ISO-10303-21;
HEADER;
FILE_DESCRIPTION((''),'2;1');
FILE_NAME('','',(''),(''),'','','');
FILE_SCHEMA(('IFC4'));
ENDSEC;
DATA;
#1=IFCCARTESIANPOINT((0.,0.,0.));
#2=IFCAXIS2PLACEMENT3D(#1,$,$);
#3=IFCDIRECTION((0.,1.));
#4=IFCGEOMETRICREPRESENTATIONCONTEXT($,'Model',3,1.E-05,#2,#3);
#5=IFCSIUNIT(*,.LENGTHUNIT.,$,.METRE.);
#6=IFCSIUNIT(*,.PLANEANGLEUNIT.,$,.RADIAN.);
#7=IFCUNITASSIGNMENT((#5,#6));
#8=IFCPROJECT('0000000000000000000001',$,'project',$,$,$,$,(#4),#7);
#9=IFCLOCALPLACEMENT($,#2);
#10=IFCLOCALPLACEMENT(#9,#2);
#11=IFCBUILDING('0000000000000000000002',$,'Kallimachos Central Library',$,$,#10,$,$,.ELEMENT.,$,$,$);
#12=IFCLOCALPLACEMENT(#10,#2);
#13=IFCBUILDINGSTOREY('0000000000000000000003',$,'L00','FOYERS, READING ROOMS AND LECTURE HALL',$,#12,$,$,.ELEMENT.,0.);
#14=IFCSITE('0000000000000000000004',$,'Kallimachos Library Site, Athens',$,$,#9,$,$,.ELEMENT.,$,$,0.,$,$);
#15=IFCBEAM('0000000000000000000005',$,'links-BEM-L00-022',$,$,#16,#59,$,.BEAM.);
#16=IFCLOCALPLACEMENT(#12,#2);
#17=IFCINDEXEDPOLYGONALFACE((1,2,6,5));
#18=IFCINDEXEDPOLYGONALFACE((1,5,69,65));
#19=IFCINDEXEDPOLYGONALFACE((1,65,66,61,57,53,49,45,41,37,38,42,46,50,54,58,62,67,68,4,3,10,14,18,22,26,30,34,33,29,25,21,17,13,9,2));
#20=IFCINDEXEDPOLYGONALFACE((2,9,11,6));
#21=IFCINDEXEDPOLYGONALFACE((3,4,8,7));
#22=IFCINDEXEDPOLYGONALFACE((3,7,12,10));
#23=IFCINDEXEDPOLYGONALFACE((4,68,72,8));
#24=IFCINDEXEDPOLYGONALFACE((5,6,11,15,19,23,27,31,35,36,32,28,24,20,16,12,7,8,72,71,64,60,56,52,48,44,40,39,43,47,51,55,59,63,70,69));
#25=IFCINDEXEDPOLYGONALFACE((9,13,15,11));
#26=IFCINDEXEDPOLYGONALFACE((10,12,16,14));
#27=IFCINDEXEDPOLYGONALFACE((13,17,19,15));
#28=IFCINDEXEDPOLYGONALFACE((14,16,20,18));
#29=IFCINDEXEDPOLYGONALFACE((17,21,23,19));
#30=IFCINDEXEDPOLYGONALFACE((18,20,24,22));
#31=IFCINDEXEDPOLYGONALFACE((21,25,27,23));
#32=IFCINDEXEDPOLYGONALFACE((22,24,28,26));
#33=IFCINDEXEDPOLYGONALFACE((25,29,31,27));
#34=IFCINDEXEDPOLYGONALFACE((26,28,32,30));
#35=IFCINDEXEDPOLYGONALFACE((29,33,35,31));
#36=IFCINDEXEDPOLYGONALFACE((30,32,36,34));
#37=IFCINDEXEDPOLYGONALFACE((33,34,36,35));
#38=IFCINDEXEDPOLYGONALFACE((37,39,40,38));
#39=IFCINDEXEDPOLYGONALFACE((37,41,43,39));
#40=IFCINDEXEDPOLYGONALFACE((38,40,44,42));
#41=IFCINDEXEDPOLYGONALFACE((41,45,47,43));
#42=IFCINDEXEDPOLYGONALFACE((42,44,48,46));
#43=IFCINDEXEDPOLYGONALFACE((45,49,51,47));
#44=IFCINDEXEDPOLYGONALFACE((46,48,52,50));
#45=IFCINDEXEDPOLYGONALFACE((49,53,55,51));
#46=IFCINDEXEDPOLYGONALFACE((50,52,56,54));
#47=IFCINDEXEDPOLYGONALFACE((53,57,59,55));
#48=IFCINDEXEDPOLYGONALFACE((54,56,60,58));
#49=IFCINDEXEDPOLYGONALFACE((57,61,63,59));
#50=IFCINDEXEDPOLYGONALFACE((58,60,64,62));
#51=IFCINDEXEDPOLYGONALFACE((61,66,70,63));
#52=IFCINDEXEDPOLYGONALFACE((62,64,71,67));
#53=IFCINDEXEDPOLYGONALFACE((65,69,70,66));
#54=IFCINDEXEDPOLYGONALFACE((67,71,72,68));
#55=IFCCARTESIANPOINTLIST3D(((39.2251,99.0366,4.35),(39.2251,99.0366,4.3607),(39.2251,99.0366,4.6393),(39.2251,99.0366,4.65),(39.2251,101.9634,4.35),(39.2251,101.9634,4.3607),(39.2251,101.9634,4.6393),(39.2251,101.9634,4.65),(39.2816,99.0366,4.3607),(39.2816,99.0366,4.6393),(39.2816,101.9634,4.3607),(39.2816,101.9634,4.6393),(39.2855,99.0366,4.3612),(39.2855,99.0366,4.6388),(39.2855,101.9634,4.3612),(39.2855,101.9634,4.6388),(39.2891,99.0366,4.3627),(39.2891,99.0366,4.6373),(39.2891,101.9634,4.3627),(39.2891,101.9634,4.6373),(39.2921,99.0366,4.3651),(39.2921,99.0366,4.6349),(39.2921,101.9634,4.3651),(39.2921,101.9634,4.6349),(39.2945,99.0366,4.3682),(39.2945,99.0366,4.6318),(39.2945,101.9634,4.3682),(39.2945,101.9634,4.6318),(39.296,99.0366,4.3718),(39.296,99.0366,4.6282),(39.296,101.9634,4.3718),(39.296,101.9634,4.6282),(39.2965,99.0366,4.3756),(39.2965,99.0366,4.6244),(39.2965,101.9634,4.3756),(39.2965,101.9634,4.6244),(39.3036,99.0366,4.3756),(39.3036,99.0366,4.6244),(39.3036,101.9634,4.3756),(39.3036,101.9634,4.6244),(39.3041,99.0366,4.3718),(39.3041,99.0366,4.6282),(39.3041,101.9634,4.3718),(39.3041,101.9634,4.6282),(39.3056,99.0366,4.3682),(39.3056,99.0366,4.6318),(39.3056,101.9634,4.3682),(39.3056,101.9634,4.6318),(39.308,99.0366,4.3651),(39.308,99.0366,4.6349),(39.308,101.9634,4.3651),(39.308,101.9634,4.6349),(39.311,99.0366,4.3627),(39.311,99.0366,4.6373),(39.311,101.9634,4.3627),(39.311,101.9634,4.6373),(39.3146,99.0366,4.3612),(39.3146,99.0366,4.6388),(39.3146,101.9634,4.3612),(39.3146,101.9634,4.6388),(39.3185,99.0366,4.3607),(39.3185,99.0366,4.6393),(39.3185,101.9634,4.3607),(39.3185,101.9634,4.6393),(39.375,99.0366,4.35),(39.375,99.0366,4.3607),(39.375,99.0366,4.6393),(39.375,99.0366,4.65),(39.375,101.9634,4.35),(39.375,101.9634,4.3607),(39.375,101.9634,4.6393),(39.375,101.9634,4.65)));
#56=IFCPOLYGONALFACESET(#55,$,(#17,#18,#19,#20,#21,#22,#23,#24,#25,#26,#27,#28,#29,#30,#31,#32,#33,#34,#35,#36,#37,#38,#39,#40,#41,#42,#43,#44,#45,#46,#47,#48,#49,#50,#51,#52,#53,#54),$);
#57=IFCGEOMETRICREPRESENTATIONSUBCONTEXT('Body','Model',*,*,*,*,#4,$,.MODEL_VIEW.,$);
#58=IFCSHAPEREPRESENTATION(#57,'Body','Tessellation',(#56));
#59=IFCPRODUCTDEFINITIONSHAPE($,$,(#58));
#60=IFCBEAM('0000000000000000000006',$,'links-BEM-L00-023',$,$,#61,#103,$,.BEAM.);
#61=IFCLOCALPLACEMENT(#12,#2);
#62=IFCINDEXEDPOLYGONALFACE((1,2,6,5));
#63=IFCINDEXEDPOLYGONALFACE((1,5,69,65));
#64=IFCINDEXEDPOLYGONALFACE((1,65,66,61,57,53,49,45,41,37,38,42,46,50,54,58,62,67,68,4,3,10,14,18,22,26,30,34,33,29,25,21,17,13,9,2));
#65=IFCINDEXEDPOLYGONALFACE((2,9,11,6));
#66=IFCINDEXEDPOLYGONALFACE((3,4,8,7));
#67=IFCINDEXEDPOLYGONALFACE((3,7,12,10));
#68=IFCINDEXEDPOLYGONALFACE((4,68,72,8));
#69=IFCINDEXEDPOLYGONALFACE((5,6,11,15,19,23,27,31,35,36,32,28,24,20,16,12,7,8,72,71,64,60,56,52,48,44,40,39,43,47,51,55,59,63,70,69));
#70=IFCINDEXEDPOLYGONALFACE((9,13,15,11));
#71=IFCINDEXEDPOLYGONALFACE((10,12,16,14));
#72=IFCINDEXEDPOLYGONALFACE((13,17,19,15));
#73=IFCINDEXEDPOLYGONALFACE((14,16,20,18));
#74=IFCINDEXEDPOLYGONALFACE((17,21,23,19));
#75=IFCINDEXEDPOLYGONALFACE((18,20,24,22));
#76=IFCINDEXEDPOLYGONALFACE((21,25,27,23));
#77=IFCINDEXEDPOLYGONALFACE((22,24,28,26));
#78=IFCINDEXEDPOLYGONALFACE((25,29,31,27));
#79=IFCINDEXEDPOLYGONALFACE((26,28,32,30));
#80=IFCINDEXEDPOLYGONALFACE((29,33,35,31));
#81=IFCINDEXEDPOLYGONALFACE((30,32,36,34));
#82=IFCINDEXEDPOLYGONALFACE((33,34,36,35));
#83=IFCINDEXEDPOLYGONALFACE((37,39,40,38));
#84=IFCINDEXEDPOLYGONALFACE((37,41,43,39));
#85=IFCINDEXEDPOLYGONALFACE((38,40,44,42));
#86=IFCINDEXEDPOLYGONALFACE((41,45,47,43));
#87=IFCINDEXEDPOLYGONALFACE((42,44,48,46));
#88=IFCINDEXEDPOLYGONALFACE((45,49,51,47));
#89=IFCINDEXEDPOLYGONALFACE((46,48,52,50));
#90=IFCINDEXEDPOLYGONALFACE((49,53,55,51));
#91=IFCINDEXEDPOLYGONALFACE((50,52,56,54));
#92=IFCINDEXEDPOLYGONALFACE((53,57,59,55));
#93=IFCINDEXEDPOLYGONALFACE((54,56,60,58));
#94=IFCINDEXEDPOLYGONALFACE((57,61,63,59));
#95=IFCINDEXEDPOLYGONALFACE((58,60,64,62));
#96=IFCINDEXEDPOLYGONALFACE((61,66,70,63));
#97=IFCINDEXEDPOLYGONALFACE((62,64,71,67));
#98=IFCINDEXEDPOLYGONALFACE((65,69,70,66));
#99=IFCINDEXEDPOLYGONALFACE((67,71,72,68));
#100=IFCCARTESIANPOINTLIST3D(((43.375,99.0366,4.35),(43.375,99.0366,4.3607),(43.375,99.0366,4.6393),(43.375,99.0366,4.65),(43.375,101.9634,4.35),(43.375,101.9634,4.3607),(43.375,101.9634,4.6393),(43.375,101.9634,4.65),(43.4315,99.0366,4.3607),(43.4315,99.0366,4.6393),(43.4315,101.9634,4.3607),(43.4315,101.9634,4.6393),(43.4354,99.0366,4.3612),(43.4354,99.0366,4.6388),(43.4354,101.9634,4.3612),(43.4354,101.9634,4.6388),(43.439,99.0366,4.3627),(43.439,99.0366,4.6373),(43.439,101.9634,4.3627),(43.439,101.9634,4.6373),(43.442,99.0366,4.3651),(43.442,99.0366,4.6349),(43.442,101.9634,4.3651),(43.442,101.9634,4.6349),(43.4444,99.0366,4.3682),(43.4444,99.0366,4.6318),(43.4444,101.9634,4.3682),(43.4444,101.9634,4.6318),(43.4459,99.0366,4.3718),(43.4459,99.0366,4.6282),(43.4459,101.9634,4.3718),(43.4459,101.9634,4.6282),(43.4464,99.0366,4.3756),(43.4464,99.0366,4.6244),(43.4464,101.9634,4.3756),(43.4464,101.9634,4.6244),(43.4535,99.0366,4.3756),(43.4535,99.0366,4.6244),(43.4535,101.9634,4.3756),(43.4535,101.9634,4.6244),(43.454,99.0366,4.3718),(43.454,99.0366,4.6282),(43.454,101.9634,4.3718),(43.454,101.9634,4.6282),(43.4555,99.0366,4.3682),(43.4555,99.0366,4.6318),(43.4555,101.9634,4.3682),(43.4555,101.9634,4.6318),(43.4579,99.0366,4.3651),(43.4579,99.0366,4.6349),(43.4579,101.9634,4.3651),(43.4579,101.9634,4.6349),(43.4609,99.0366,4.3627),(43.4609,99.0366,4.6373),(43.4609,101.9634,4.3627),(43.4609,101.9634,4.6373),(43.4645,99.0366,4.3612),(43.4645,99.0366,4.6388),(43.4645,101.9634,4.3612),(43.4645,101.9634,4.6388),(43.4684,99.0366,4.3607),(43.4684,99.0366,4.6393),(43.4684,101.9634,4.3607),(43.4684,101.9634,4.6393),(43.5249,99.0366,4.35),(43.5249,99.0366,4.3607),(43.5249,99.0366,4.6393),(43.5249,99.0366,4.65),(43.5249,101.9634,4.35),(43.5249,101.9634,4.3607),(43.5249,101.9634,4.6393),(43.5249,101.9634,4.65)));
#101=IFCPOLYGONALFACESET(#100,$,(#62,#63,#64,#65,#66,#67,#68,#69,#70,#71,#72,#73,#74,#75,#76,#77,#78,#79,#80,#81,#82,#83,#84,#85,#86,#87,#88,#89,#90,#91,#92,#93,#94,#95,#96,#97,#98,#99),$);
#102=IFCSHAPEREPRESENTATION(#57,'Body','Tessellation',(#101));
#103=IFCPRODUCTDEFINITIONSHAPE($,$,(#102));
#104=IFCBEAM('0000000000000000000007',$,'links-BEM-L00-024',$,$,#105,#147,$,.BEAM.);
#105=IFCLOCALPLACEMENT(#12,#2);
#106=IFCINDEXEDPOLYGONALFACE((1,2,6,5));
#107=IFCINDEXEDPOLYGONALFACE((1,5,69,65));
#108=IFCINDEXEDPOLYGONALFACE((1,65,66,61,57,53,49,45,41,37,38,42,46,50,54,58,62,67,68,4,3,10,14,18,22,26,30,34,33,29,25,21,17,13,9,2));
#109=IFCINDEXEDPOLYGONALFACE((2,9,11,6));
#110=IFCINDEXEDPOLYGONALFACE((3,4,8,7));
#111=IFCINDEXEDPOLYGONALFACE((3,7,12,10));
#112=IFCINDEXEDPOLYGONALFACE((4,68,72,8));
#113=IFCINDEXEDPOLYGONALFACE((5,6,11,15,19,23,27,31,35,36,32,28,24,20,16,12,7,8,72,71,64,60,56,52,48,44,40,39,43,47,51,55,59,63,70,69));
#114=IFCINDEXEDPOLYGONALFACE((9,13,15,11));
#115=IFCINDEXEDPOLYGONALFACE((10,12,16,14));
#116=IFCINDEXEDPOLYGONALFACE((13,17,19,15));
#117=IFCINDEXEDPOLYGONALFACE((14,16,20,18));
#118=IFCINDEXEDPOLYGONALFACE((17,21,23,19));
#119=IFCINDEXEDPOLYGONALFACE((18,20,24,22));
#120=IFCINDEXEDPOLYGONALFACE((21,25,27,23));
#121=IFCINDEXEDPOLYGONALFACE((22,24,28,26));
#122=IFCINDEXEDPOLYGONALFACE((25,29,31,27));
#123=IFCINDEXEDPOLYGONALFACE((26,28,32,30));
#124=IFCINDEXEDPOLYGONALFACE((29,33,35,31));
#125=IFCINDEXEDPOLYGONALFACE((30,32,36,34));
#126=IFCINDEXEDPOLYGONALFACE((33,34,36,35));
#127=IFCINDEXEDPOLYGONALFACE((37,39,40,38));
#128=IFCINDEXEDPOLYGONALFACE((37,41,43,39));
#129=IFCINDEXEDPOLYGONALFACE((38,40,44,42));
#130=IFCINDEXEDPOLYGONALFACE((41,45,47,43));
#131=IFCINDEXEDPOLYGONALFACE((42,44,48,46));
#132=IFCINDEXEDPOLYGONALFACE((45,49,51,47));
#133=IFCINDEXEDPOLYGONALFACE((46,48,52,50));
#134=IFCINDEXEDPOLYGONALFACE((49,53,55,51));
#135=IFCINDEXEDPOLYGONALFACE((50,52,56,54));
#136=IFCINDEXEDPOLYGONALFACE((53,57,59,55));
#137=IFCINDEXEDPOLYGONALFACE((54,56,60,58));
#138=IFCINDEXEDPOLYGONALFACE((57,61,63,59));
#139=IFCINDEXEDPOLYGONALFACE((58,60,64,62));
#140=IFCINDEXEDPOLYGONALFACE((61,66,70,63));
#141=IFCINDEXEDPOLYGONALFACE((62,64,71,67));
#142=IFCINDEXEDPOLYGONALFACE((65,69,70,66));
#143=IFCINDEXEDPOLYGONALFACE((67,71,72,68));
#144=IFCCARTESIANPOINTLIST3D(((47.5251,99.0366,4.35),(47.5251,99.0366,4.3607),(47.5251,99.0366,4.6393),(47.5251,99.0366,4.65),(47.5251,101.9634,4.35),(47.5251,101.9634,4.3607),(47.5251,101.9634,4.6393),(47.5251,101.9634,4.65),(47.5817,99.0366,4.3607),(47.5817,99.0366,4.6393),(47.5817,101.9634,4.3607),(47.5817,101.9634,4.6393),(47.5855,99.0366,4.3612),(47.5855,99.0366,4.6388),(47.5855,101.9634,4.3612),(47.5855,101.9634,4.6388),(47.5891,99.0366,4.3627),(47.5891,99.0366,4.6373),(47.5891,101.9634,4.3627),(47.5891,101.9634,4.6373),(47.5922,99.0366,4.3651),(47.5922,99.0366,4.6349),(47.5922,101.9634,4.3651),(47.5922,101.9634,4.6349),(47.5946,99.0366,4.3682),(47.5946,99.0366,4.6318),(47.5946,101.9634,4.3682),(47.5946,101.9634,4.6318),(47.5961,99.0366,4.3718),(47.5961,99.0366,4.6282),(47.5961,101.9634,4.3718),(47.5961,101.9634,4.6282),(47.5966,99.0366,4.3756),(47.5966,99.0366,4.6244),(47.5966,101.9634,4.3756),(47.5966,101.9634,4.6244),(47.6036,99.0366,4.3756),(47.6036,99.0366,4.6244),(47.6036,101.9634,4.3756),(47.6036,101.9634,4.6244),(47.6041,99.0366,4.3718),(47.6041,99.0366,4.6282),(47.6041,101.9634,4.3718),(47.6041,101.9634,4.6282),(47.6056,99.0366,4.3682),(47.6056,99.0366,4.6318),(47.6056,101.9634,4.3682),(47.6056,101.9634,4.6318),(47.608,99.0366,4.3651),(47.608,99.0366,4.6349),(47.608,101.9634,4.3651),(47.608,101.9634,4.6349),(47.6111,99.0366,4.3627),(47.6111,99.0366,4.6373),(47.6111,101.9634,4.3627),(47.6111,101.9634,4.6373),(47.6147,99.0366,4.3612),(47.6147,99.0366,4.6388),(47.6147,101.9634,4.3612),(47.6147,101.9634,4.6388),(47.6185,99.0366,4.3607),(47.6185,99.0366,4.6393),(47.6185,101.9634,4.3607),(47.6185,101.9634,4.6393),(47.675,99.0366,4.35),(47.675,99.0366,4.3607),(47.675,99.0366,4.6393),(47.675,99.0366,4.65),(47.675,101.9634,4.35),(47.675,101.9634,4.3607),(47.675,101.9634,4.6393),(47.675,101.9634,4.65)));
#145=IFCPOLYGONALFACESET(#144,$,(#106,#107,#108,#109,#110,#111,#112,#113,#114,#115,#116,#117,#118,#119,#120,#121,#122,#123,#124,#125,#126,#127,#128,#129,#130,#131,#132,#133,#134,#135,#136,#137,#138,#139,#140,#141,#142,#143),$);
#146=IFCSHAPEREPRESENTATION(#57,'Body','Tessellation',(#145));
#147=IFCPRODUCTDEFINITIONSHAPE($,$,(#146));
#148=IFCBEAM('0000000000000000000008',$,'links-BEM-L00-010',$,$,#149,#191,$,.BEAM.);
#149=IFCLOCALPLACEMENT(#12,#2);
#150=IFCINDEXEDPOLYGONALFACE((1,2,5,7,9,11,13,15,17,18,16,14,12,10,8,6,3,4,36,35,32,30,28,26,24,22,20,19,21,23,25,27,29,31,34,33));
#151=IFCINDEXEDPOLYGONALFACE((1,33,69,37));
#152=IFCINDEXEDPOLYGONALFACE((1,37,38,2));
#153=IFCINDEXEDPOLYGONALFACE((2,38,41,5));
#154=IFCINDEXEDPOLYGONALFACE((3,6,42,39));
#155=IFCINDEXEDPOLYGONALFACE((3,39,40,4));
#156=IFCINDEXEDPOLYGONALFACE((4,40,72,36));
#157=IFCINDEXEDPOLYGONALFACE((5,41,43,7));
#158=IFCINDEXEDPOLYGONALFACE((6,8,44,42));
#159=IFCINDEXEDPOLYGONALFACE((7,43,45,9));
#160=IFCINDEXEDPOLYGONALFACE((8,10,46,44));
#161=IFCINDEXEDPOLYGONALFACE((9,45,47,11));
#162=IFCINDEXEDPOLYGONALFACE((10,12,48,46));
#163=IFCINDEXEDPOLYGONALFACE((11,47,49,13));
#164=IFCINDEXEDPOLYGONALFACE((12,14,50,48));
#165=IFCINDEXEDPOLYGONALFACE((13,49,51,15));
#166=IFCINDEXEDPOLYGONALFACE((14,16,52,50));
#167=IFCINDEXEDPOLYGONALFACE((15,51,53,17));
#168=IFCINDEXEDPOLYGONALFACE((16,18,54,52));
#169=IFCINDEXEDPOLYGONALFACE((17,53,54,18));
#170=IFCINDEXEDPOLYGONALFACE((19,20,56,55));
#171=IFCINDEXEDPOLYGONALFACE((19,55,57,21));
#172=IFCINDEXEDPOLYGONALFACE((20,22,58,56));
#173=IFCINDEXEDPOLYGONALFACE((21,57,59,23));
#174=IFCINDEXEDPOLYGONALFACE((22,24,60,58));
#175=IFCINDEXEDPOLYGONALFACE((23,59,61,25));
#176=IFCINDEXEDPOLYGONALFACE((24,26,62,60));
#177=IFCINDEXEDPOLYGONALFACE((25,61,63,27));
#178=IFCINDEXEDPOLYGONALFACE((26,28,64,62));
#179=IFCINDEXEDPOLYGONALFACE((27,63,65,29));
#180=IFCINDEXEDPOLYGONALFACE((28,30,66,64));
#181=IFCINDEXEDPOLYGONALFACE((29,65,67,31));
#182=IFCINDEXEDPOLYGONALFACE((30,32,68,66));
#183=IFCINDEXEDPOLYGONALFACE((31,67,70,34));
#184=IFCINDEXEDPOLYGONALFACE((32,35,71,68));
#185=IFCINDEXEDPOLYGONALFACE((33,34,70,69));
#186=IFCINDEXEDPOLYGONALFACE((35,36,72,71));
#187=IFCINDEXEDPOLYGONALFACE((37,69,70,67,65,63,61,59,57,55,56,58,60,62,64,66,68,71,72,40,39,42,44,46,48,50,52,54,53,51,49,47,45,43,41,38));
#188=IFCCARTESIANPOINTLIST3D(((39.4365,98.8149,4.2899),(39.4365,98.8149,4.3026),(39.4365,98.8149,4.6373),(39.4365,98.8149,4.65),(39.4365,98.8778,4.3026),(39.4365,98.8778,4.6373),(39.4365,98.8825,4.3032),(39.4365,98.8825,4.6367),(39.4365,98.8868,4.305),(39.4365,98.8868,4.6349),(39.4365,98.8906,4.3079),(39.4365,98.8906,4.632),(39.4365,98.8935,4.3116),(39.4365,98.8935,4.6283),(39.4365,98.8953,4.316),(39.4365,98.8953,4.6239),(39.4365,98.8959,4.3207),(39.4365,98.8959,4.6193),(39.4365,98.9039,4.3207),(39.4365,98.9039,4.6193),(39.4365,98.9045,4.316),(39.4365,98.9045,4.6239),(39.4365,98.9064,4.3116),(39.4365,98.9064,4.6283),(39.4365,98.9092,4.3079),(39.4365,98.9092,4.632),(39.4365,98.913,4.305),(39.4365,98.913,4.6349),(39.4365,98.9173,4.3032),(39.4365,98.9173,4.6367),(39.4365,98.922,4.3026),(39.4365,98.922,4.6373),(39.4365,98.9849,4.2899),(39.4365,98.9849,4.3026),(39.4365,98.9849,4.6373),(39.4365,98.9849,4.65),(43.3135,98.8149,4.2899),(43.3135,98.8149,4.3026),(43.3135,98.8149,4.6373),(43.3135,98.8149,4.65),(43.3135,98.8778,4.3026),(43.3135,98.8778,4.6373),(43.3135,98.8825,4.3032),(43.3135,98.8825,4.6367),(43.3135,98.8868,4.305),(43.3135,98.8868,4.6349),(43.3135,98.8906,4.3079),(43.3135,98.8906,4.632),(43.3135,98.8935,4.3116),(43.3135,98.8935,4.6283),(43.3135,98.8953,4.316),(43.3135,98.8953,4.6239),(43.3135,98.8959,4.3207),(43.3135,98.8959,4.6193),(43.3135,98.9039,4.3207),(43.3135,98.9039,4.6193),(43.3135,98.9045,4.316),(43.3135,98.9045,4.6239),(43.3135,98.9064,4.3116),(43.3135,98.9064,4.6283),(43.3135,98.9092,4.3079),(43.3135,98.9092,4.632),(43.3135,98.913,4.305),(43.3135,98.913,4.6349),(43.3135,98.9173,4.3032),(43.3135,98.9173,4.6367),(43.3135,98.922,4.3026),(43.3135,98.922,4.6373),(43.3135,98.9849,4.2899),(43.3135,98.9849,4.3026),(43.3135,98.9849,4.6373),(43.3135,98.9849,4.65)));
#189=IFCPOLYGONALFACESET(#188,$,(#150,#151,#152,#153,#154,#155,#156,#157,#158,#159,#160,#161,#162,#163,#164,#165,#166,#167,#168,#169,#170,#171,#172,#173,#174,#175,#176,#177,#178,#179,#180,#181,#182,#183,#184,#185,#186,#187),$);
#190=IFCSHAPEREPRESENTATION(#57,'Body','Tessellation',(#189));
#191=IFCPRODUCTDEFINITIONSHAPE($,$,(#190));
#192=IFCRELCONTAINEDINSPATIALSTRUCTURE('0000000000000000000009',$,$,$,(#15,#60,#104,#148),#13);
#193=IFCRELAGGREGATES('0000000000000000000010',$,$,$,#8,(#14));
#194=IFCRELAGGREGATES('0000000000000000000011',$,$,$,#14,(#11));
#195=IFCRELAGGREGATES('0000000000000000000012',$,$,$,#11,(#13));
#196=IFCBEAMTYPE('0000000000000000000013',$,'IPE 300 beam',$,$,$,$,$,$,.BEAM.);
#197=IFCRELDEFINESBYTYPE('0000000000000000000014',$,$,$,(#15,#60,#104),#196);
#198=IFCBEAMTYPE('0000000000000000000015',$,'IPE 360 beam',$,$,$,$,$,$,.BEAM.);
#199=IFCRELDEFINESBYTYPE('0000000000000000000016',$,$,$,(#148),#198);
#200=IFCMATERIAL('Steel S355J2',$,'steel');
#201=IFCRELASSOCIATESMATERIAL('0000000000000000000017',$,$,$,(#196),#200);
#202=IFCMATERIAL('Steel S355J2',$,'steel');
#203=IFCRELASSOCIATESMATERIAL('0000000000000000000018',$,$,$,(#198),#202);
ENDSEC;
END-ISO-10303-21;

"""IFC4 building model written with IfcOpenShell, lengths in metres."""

from ifc_helpers import new_model, si_unit, direction, frame, origin, origin_2d, place, context, subcontext, project, spatial, i_section, extrude, material, material_profile, profile_set, type_object, element, save


model = new_model("IFC4")

# Units and contexts
model_context = context("Model", 3, precision=1e-05, world=origin(), true_north=direction((0.0, 1.0)))
body_context = subcontext(model_context, "Body", "Model", "MODEL_VIEW")
ifc_project = project(units=[si_unit("LENGTHUNIT", "METRE"), si_unit("PLANEANGLEUNIT", "RADIAN")], contexts=[model_context])

# Site, building, storey
site_placement = place(None, origin())
site = spatial("IfcSite", under=ifc_project, at=site_placement, Name="Kallimachos Library Site, Athens", CompositionType="ELEMENT", RefElevation=0.0)
building_placement = place(site_placement, origin())
building = spatial("IfcBuilding", under=site, at=building_placement, Name="Kallimachos Central Library", CompositionType="ELEMENT")
storey_placement = place(building_placement, origin())
storey = spatial("IfcBuildingStorey", under=building, at=storey_placement, Name="L00", Description="FOYERS, READING ROOMS AND LECTURE HALL", CompositionType="ELEMENT", Elevation=0.0)

# Beams
ifc_material_1 = material(Name="Steel S355J2", Category="steel")
ifc_material_profile_1 = material_profile(ifc_material_1, i_section(OverallWidth=0.1499, OverallDepth=0.3, WebThickness=0.0071, FlangeThickness=0.0107, FilletRadius=0.0149, at=origin_2d()), Name="IPE 300")
ifc_profile_set_1 = profile_set([ifc_material_profile_1], Name="Steel S355J2")
beam_type_1 = type_object("IfcBeamType", Name="IPE 300 beam", PredefinedType="BEAM", material=ifc_profile_set_1)
for number, where, z_axis, x_axis, name in (
    (1, (39.3, 99.0366, 4.5), (0.0, 1.0, 0.0), (-1.0, 0.0, 0.0), "links-BEM-L00-022"),
    (2, (43.45, 99.0366, 4.5), (0.0, 1.0, 0.0), (-1.0, 0.0, 0.0), "links-BEM-L00-023"),
    (3, (47.6001, 99.0366, 4.5), (0.0, 1.0, 0.0), (-1.0, 0.0, 0.0), "links-BEM-L00-024"),
):
    element("IfcBeam", number, at=place(storey_placement, frame(where, z_axis=z_axis, x_axis=x_axis)), inside=storey, type_object=beam_type_1, Name=name, PredefinedType="BEAM", context=body_context, shape_type="SweptSolid", body=[
        extrude(i_section(OverallWidth=0.1499, OverallDepth=0.3, WebThickness=0.0071, FlangeThickness=0.0107, FilletRadius=0.0149, at=origin_2d()), origin(), (0.0, 0.0, 1.0), 2.9268),
    ])
ifc_material_2 = material(Name="Steel S355J2", Category="steel")
ifc_material_profile_2 = material_profile(ifc_material_2, i_section(OverallWidth=0.1699, OverallDepth=0.3601, WebThickness=0.0081, FlangeThickness=0.0127, FilletRadius=0.0181, at=origin_2d()), Name="IPE 360")
ifc_profile_set_2 = profile_set([ifc_material_profile_2], Name="Steel S355J2")
beam_type_2 = type_object("IfcBeamType", Name="IPE 360 beam", PredefinedType="BEAM", material=ifc_profile_set_2)
for number, where, z_axis, x_axis, name in (
    (4, (39.4365, 98.8999, 4.47), (1.0, 0.0, 0.0), (0.0, 1.0, 0.0), "links-BEM-L00-010"),
):
    element("IfcBeam", number, at=place(storey_placement, frame(where, z_axis=z_axis, x_axis=x_axis)), inside=storey, type_object=beam_type_2, Name=name, PredefinedType="BEAM", context=body_context, shape_type="SweptSolid", body=[
        extrude(i_section(OverallWidth=0.1699, OverallDepth=0.3601, WebThickness=0.0081, FlangeThickness=0.0127, FilletRadius=0.0181, at=origin_2d()), origin(), (0.0, 0.0, 1.0), 3.877),
    ])

save(model, "model.ifc")
